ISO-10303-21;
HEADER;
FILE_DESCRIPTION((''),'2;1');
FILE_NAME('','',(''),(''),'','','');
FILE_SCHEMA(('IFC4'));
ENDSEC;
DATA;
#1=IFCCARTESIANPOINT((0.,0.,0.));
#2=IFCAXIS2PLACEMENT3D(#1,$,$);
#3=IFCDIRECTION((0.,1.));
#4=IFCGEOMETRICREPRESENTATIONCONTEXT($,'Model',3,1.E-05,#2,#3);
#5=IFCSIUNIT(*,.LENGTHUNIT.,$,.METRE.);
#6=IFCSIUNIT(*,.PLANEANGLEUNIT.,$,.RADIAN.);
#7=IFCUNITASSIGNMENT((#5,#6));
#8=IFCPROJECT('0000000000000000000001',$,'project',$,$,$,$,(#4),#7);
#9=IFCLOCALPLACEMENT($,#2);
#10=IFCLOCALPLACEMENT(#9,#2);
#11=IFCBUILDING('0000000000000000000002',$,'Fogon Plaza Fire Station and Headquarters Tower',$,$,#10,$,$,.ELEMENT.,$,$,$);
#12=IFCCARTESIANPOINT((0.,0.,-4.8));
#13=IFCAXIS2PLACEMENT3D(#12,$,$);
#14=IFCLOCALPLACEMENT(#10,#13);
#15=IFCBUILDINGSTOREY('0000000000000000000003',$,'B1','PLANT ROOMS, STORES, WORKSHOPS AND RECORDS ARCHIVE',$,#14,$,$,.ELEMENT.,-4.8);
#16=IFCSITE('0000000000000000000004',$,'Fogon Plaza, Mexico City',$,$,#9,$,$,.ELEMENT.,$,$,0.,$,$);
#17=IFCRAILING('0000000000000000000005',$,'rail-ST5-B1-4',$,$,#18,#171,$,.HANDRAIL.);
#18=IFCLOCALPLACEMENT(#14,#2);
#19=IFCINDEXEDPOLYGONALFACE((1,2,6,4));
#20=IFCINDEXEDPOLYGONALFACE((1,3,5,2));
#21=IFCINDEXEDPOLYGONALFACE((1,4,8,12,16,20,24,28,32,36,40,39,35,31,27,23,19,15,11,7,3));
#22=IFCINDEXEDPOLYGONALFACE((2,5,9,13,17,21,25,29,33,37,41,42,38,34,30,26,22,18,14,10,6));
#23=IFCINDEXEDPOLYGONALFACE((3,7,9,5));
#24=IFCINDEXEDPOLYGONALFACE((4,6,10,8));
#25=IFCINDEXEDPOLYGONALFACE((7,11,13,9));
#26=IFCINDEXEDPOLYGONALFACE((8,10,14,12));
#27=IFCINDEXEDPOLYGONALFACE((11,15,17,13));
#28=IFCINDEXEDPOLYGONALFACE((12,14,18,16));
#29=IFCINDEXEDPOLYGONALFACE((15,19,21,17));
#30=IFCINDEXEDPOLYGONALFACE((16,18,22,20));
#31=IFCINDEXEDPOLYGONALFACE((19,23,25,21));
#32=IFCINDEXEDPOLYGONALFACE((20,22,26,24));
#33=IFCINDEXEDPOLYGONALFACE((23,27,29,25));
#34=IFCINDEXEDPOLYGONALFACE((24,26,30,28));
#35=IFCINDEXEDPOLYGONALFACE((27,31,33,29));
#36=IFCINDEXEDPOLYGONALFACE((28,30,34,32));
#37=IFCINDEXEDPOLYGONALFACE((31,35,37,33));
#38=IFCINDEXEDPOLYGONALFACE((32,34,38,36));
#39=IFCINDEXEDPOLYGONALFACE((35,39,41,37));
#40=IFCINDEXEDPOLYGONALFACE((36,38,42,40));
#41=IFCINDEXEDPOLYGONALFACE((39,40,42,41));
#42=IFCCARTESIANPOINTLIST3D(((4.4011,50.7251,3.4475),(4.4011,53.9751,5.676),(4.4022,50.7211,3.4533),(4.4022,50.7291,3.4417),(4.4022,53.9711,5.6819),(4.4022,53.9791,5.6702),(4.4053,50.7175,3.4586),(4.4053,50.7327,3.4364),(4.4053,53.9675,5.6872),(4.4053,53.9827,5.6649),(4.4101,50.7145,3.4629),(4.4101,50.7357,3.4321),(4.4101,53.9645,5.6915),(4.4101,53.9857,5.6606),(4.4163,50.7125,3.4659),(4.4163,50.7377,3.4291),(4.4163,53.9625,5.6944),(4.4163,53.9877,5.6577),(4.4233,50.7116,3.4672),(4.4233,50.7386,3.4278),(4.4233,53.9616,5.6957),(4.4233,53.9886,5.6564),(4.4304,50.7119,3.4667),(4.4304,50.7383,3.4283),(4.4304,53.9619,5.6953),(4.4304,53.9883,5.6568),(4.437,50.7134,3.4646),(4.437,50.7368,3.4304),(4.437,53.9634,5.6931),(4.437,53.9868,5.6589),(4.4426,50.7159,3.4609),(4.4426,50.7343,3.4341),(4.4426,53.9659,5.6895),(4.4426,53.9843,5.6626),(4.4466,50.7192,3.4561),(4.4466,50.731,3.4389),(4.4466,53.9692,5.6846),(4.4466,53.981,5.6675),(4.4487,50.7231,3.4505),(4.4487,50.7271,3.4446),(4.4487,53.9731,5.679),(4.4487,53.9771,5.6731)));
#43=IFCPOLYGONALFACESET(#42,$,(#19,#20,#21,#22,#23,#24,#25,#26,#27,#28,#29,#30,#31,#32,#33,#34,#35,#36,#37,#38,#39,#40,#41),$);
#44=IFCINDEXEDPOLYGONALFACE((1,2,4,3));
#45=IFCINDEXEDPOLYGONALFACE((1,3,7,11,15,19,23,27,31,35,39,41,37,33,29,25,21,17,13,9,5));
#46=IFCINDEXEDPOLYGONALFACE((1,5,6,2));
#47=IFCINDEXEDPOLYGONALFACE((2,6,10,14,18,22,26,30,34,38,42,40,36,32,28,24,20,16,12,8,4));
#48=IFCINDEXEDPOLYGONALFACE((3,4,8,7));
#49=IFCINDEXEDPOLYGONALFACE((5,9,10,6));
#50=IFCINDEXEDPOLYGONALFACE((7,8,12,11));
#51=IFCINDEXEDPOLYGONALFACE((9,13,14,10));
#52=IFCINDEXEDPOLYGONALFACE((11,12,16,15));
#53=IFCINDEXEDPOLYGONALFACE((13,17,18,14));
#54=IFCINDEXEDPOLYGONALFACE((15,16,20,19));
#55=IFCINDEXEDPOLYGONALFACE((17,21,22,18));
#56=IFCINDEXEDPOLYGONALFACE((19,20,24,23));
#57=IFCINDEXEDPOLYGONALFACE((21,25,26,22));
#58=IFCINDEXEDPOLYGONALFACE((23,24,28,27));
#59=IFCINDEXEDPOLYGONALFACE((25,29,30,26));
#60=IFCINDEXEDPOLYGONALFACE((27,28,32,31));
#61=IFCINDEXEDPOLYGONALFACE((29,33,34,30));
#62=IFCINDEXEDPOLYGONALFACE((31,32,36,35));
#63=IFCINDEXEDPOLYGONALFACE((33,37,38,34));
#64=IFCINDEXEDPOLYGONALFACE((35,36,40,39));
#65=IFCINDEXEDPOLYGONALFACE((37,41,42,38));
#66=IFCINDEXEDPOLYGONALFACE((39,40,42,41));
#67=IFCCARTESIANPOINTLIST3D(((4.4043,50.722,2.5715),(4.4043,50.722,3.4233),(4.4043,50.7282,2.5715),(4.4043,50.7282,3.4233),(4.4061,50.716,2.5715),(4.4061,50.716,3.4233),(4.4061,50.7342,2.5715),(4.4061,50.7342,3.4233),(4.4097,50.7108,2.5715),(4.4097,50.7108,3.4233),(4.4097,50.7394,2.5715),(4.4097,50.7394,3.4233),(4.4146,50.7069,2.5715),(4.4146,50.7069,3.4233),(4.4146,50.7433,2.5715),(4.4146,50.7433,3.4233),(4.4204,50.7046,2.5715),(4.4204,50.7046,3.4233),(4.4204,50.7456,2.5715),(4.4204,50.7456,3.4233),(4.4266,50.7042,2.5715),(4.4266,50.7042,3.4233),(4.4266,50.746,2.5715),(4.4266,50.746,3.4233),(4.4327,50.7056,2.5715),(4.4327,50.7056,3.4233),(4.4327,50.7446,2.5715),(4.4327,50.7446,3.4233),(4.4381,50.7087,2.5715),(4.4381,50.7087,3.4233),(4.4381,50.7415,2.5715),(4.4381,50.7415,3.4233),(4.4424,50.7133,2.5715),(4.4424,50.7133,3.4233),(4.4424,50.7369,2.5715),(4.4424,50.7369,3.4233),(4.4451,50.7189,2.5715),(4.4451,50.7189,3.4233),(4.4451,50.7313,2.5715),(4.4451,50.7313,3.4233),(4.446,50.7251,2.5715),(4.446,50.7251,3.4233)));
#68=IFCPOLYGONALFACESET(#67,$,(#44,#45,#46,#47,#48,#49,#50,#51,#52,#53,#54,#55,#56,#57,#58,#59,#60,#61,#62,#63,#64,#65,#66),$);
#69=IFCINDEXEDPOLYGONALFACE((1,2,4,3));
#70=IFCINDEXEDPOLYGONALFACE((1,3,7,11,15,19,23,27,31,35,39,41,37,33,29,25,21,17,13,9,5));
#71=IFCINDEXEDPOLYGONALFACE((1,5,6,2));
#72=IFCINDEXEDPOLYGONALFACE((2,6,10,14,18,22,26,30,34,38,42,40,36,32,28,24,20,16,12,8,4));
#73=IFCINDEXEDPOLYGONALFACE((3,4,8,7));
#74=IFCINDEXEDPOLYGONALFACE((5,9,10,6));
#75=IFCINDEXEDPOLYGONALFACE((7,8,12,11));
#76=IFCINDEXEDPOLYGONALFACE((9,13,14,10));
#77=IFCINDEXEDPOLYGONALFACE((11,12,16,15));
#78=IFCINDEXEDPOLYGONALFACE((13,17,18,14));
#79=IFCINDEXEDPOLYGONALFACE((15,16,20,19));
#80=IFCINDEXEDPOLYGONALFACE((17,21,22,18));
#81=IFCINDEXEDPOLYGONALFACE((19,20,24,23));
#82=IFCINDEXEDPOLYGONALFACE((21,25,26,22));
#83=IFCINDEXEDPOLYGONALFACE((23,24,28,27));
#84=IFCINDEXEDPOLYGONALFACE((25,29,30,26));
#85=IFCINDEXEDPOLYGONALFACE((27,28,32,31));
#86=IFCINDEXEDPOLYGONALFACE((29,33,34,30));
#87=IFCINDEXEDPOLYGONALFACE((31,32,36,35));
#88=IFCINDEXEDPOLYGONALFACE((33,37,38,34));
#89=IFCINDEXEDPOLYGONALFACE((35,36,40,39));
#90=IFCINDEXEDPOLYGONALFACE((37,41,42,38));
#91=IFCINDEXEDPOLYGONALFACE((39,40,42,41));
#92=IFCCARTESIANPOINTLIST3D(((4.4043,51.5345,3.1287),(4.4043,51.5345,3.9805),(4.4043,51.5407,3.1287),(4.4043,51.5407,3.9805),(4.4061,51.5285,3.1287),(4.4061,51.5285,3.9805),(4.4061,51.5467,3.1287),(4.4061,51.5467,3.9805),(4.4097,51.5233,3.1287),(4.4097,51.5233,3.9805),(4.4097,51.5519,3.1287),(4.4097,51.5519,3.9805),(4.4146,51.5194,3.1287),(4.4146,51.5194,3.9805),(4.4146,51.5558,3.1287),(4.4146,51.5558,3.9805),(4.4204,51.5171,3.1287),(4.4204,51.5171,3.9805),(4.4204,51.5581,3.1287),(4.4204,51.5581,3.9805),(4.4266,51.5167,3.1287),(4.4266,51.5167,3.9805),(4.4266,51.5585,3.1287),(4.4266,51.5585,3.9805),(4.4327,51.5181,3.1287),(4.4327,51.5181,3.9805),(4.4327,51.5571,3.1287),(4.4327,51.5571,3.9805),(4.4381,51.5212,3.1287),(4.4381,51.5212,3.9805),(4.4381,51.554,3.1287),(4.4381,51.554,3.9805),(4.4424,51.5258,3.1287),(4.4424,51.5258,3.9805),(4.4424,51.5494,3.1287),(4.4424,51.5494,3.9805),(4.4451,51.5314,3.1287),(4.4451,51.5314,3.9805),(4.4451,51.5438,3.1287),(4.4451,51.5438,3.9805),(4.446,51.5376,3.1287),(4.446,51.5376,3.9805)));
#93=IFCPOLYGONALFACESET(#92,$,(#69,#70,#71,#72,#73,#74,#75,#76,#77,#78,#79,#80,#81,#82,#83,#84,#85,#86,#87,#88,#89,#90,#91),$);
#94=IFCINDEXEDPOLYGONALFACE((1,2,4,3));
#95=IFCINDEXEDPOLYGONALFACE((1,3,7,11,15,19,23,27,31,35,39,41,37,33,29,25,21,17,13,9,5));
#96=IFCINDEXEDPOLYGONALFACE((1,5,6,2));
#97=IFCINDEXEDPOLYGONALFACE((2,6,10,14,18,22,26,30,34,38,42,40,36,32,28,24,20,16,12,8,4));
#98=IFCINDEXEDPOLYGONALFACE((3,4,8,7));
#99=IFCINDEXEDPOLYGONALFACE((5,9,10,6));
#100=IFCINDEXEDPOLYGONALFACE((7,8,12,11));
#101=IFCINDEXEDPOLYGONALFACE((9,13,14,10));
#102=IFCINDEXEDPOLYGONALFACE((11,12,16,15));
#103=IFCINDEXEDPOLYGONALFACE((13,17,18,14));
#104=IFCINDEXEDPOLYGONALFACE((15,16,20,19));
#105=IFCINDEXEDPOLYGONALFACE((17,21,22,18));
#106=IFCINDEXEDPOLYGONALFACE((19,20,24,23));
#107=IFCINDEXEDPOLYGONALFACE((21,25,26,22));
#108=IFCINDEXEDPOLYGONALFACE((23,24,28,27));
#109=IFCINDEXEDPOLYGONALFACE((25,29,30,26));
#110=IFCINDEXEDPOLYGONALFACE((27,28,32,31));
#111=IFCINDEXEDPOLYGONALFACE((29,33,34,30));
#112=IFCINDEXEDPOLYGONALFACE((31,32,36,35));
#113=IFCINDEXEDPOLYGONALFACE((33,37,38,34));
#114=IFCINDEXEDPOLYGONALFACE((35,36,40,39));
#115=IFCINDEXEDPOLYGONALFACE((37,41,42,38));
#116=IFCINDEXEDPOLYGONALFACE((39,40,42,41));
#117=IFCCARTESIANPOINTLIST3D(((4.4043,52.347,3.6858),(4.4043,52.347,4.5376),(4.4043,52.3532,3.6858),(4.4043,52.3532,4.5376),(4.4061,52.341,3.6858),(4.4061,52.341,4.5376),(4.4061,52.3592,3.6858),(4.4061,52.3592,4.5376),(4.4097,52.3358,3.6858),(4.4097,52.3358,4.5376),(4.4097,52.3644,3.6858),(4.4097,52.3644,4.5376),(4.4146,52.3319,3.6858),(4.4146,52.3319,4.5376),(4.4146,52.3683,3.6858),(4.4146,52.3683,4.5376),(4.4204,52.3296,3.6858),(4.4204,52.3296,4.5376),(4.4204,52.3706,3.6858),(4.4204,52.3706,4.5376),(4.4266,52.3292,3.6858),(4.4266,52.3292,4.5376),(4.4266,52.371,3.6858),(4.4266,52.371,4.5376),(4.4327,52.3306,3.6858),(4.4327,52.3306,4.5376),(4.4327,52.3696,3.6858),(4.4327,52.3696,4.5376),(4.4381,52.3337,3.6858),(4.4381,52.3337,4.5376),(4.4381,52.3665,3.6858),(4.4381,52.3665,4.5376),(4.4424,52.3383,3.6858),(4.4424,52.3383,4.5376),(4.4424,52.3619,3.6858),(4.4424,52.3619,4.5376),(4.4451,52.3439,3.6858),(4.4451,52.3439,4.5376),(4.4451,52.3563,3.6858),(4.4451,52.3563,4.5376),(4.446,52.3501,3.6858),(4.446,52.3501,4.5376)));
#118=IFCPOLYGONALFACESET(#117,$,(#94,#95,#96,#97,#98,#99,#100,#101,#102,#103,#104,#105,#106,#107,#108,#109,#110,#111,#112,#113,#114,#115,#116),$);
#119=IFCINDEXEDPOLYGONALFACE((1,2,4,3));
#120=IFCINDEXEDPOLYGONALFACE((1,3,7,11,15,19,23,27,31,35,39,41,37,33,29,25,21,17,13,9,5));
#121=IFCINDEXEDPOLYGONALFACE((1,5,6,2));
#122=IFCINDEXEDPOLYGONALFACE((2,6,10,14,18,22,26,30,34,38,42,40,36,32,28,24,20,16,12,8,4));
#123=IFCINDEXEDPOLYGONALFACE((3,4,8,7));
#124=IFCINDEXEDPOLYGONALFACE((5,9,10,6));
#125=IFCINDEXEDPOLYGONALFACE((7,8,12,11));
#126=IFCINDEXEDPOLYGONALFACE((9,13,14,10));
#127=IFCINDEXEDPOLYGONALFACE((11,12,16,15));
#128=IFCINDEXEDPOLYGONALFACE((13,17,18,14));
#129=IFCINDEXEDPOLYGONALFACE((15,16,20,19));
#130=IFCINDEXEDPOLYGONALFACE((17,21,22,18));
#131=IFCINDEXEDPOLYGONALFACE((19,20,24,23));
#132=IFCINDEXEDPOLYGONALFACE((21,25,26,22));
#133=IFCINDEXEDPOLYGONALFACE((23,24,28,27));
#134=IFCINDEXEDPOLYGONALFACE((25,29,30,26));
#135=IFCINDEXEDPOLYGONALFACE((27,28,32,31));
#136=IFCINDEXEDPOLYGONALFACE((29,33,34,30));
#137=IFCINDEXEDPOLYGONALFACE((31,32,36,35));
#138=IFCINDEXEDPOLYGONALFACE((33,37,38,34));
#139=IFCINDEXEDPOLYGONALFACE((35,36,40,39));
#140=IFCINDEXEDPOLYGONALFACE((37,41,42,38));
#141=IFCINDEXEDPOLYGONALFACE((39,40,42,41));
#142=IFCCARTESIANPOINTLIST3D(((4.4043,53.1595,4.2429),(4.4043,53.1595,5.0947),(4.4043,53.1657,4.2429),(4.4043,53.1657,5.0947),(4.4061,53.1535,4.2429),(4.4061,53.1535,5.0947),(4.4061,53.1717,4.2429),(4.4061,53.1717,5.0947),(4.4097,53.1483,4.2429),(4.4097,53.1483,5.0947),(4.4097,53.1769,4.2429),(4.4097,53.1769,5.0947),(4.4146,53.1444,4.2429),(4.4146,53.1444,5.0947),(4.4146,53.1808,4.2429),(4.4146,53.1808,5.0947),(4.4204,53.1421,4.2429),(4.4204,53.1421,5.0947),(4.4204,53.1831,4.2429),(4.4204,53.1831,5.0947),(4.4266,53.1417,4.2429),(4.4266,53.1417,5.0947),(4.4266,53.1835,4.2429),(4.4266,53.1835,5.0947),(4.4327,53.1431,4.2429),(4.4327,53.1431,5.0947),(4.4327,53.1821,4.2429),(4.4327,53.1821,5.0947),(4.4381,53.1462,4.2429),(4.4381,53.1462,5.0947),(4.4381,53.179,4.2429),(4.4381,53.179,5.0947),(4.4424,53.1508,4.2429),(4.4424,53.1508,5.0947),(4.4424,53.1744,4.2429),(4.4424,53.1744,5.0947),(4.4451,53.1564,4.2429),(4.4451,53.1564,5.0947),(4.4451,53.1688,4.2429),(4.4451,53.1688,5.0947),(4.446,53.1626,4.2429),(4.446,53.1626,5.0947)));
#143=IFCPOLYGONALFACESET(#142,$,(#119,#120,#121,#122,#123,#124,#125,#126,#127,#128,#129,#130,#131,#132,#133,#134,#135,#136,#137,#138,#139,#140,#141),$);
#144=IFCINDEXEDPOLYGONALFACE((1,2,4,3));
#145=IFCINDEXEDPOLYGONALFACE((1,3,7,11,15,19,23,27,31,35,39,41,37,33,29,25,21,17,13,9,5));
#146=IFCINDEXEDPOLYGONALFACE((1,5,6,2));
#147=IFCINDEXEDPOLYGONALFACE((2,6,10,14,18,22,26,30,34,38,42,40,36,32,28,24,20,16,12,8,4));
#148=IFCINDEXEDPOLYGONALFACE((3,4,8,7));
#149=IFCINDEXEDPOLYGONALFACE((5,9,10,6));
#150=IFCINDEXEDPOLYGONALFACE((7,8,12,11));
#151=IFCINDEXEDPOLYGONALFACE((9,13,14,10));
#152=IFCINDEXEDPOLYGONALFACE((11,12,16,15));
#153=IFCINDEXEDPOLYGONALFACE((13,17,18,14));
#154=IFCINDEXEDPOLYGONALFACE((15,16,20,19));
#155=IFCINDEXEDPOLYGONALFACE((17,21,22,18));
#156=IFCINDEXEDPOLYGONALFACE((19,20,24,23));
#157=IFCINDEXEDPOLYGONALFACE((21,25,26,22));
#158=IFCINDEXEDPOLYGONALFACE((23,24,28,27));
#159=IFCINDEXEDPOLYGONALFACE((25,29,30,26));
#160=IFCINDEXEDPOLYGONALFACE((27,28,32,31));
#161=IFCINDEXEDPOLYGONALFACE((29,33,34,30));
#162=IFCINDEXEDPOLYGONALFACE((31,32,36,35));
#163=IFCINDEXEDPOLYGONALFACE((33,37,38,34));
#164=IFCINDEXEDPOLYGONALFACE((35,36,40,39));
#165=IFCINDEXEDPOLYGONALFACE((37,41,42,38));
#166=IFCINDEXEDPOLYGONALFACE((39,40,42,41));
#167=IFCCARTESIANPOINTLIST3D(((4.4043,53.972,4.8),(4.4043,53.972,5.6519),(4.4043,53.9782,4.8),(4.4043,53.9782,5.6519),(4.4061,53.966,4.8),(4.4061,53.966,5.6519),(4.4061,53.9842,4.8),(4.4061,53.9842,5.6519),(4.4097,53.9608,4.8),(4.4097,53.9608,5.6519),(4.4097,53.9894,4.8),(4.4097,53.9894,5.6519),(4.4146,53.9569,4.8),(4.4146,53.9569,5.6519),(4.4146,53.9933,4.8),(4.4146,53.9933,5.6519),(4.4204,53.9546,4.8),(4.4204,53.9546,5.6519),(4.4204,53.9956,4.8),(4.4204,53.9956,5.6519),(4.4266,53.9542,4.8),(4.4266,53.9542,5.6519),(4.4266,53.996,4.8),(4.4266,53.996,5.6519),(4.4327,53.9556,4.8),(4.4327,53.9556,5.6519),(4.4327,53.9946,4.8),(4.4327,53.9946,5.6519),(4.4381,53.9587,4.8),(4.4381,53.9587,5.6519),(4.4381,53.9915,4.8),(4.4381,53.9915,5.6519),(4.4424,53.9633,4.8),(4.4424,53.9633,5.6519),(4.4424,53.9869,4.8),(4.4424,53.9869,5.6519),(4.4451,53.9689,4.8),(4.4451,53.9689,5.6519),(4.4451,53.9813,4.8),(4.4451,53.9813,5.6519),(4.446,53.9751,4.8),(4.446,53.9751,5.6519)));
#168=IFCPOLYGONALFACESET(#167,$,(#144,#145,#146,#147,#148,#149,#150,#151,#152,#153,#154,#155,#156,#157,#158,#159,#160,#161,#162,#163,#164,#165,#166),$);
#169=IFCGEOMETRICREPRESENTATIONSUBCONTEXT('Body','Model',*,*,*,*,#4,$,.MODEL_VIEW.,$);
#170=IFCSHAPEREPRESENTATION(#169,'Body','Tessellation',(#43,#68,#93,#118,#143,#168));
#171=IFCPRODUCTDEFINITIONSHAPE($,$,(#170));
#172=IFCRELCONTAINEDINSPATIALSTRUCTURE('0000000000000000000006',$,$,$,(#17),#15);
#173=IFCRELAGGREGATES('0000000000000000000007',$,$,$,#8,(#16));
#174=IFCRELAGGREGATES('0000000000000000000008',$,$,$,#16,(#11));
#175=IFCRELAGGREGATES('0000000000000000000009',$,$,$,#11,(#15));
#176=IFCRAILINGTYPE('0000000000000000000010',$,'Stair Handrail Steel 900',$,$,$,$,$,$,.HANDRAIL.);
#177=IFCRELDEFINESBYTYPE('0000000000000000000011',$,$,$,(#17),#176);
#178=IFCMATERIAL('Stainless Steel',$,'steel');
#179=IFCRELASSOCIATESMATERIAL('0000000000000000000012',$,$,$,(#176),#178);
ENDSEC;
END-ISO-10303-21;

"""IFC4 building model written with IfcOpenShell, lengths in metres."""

from ifc_helpers import new_model, si_unit, direction, frame, origin, origin_2d, place, context, subcontext, project, spatial, circle, extrude, material, type_object, element, save


model = new_model("IFC4")

# Units and contexts
model_context = context("Model", 3, precision=1e-05, world=origin(), true_north=direction((0.0, 1.0)))
body_context = subcontext(model_context, "Body", "Model", "MODEL_VIEW")
ifc_project = project(units=[si_unit("LENGTHUNIT", "METRE"), si_unit("PLANEANGLEUNIT", "RADIAN")], contexts=[model_context])

# Site, building, storey
site_placement = place(None, origin())
site = spatial("IfcSite", under=ifc_project, at=site_placement, Name="Fogon Plaza, Mexico City", CompositionType="ELEMENT", RefElevation=0.0)
building_placement = place(site_placement, origin())
building = spatial("IfcBuilding", under=site, at=building_placement, Name="Fogon Plaza Fire Station and Headquarters Tower", CompositionType="ELEMENT")
storey_placement = place(building_placement, frame((0.0, 0.0, -4.8)))
storey = spatial("IfcBuildingStorey", under=building, at=storey_placement, Name="B1", Description="PLANT ROOMS, STORES, WORKSHOPS AND RECORDS ARCHIVE", CompositionType="ELEMENT", Elevation=-4.8)

# Railing
ifc_material_1 = material(Name="Stainless Steel", Category="steel")
railing_type_1 = type_object("IfcRailingType", Name="Stair Handrail Steel 900", PredefinedType="HANDRAIL", material=ifc_material_1)
for number, where, name in (
    (1, (4.425, 50.7251, 2.5715), "rail-ST5-B1-4"),
):
    element("IfcRailing", number, at=place(storey_placement, frame(where)), inside=storey, type_object=railing_type_1, Name=name, PredefinedType="HANDRAIL", context=body_context, shape_type="SweptSolid", body=[
        extrude(circle(Radius=0.0239, at=origin_2d()), frame((0.0, 0.0, 0.876), z_axis=(0.0, 0.824735, 0.565519), x_axis=(-1.0, 0.0, 0.0)), (0.0, 0.0, 1.0), 3.9407),
        extrude(circle(Radius=0.021, at=origin_2d()), origin(), (0.0, 0.0, 1.0), 0.8518),
        extrude(circle(Radius=0.021, at=origin_2d()), frame((0.0, 0.8125, 0.5571)), (0.0, 0.0, 1.0), 0.8518),
        extrude(circle(Radius=0.021, at=origin_2d()), frame((0.0, 1.625, 1.1143)), (0.0, 0.0, 1.0), 0.8518),
        extrude(circle(Radius=0.021, at=origin_2d()), frame((0.0, 2.4375, 1.6714)), (0.0, 0.0, 1.0), 0.8518),
        extrude(circle(Radius=0.021, at=origin_2d()), frame((0.0, 3.25, 2.2285)), (0.0, 0.0, 1.0), 0.8518),
    ])

save(model, "model.ifc")
